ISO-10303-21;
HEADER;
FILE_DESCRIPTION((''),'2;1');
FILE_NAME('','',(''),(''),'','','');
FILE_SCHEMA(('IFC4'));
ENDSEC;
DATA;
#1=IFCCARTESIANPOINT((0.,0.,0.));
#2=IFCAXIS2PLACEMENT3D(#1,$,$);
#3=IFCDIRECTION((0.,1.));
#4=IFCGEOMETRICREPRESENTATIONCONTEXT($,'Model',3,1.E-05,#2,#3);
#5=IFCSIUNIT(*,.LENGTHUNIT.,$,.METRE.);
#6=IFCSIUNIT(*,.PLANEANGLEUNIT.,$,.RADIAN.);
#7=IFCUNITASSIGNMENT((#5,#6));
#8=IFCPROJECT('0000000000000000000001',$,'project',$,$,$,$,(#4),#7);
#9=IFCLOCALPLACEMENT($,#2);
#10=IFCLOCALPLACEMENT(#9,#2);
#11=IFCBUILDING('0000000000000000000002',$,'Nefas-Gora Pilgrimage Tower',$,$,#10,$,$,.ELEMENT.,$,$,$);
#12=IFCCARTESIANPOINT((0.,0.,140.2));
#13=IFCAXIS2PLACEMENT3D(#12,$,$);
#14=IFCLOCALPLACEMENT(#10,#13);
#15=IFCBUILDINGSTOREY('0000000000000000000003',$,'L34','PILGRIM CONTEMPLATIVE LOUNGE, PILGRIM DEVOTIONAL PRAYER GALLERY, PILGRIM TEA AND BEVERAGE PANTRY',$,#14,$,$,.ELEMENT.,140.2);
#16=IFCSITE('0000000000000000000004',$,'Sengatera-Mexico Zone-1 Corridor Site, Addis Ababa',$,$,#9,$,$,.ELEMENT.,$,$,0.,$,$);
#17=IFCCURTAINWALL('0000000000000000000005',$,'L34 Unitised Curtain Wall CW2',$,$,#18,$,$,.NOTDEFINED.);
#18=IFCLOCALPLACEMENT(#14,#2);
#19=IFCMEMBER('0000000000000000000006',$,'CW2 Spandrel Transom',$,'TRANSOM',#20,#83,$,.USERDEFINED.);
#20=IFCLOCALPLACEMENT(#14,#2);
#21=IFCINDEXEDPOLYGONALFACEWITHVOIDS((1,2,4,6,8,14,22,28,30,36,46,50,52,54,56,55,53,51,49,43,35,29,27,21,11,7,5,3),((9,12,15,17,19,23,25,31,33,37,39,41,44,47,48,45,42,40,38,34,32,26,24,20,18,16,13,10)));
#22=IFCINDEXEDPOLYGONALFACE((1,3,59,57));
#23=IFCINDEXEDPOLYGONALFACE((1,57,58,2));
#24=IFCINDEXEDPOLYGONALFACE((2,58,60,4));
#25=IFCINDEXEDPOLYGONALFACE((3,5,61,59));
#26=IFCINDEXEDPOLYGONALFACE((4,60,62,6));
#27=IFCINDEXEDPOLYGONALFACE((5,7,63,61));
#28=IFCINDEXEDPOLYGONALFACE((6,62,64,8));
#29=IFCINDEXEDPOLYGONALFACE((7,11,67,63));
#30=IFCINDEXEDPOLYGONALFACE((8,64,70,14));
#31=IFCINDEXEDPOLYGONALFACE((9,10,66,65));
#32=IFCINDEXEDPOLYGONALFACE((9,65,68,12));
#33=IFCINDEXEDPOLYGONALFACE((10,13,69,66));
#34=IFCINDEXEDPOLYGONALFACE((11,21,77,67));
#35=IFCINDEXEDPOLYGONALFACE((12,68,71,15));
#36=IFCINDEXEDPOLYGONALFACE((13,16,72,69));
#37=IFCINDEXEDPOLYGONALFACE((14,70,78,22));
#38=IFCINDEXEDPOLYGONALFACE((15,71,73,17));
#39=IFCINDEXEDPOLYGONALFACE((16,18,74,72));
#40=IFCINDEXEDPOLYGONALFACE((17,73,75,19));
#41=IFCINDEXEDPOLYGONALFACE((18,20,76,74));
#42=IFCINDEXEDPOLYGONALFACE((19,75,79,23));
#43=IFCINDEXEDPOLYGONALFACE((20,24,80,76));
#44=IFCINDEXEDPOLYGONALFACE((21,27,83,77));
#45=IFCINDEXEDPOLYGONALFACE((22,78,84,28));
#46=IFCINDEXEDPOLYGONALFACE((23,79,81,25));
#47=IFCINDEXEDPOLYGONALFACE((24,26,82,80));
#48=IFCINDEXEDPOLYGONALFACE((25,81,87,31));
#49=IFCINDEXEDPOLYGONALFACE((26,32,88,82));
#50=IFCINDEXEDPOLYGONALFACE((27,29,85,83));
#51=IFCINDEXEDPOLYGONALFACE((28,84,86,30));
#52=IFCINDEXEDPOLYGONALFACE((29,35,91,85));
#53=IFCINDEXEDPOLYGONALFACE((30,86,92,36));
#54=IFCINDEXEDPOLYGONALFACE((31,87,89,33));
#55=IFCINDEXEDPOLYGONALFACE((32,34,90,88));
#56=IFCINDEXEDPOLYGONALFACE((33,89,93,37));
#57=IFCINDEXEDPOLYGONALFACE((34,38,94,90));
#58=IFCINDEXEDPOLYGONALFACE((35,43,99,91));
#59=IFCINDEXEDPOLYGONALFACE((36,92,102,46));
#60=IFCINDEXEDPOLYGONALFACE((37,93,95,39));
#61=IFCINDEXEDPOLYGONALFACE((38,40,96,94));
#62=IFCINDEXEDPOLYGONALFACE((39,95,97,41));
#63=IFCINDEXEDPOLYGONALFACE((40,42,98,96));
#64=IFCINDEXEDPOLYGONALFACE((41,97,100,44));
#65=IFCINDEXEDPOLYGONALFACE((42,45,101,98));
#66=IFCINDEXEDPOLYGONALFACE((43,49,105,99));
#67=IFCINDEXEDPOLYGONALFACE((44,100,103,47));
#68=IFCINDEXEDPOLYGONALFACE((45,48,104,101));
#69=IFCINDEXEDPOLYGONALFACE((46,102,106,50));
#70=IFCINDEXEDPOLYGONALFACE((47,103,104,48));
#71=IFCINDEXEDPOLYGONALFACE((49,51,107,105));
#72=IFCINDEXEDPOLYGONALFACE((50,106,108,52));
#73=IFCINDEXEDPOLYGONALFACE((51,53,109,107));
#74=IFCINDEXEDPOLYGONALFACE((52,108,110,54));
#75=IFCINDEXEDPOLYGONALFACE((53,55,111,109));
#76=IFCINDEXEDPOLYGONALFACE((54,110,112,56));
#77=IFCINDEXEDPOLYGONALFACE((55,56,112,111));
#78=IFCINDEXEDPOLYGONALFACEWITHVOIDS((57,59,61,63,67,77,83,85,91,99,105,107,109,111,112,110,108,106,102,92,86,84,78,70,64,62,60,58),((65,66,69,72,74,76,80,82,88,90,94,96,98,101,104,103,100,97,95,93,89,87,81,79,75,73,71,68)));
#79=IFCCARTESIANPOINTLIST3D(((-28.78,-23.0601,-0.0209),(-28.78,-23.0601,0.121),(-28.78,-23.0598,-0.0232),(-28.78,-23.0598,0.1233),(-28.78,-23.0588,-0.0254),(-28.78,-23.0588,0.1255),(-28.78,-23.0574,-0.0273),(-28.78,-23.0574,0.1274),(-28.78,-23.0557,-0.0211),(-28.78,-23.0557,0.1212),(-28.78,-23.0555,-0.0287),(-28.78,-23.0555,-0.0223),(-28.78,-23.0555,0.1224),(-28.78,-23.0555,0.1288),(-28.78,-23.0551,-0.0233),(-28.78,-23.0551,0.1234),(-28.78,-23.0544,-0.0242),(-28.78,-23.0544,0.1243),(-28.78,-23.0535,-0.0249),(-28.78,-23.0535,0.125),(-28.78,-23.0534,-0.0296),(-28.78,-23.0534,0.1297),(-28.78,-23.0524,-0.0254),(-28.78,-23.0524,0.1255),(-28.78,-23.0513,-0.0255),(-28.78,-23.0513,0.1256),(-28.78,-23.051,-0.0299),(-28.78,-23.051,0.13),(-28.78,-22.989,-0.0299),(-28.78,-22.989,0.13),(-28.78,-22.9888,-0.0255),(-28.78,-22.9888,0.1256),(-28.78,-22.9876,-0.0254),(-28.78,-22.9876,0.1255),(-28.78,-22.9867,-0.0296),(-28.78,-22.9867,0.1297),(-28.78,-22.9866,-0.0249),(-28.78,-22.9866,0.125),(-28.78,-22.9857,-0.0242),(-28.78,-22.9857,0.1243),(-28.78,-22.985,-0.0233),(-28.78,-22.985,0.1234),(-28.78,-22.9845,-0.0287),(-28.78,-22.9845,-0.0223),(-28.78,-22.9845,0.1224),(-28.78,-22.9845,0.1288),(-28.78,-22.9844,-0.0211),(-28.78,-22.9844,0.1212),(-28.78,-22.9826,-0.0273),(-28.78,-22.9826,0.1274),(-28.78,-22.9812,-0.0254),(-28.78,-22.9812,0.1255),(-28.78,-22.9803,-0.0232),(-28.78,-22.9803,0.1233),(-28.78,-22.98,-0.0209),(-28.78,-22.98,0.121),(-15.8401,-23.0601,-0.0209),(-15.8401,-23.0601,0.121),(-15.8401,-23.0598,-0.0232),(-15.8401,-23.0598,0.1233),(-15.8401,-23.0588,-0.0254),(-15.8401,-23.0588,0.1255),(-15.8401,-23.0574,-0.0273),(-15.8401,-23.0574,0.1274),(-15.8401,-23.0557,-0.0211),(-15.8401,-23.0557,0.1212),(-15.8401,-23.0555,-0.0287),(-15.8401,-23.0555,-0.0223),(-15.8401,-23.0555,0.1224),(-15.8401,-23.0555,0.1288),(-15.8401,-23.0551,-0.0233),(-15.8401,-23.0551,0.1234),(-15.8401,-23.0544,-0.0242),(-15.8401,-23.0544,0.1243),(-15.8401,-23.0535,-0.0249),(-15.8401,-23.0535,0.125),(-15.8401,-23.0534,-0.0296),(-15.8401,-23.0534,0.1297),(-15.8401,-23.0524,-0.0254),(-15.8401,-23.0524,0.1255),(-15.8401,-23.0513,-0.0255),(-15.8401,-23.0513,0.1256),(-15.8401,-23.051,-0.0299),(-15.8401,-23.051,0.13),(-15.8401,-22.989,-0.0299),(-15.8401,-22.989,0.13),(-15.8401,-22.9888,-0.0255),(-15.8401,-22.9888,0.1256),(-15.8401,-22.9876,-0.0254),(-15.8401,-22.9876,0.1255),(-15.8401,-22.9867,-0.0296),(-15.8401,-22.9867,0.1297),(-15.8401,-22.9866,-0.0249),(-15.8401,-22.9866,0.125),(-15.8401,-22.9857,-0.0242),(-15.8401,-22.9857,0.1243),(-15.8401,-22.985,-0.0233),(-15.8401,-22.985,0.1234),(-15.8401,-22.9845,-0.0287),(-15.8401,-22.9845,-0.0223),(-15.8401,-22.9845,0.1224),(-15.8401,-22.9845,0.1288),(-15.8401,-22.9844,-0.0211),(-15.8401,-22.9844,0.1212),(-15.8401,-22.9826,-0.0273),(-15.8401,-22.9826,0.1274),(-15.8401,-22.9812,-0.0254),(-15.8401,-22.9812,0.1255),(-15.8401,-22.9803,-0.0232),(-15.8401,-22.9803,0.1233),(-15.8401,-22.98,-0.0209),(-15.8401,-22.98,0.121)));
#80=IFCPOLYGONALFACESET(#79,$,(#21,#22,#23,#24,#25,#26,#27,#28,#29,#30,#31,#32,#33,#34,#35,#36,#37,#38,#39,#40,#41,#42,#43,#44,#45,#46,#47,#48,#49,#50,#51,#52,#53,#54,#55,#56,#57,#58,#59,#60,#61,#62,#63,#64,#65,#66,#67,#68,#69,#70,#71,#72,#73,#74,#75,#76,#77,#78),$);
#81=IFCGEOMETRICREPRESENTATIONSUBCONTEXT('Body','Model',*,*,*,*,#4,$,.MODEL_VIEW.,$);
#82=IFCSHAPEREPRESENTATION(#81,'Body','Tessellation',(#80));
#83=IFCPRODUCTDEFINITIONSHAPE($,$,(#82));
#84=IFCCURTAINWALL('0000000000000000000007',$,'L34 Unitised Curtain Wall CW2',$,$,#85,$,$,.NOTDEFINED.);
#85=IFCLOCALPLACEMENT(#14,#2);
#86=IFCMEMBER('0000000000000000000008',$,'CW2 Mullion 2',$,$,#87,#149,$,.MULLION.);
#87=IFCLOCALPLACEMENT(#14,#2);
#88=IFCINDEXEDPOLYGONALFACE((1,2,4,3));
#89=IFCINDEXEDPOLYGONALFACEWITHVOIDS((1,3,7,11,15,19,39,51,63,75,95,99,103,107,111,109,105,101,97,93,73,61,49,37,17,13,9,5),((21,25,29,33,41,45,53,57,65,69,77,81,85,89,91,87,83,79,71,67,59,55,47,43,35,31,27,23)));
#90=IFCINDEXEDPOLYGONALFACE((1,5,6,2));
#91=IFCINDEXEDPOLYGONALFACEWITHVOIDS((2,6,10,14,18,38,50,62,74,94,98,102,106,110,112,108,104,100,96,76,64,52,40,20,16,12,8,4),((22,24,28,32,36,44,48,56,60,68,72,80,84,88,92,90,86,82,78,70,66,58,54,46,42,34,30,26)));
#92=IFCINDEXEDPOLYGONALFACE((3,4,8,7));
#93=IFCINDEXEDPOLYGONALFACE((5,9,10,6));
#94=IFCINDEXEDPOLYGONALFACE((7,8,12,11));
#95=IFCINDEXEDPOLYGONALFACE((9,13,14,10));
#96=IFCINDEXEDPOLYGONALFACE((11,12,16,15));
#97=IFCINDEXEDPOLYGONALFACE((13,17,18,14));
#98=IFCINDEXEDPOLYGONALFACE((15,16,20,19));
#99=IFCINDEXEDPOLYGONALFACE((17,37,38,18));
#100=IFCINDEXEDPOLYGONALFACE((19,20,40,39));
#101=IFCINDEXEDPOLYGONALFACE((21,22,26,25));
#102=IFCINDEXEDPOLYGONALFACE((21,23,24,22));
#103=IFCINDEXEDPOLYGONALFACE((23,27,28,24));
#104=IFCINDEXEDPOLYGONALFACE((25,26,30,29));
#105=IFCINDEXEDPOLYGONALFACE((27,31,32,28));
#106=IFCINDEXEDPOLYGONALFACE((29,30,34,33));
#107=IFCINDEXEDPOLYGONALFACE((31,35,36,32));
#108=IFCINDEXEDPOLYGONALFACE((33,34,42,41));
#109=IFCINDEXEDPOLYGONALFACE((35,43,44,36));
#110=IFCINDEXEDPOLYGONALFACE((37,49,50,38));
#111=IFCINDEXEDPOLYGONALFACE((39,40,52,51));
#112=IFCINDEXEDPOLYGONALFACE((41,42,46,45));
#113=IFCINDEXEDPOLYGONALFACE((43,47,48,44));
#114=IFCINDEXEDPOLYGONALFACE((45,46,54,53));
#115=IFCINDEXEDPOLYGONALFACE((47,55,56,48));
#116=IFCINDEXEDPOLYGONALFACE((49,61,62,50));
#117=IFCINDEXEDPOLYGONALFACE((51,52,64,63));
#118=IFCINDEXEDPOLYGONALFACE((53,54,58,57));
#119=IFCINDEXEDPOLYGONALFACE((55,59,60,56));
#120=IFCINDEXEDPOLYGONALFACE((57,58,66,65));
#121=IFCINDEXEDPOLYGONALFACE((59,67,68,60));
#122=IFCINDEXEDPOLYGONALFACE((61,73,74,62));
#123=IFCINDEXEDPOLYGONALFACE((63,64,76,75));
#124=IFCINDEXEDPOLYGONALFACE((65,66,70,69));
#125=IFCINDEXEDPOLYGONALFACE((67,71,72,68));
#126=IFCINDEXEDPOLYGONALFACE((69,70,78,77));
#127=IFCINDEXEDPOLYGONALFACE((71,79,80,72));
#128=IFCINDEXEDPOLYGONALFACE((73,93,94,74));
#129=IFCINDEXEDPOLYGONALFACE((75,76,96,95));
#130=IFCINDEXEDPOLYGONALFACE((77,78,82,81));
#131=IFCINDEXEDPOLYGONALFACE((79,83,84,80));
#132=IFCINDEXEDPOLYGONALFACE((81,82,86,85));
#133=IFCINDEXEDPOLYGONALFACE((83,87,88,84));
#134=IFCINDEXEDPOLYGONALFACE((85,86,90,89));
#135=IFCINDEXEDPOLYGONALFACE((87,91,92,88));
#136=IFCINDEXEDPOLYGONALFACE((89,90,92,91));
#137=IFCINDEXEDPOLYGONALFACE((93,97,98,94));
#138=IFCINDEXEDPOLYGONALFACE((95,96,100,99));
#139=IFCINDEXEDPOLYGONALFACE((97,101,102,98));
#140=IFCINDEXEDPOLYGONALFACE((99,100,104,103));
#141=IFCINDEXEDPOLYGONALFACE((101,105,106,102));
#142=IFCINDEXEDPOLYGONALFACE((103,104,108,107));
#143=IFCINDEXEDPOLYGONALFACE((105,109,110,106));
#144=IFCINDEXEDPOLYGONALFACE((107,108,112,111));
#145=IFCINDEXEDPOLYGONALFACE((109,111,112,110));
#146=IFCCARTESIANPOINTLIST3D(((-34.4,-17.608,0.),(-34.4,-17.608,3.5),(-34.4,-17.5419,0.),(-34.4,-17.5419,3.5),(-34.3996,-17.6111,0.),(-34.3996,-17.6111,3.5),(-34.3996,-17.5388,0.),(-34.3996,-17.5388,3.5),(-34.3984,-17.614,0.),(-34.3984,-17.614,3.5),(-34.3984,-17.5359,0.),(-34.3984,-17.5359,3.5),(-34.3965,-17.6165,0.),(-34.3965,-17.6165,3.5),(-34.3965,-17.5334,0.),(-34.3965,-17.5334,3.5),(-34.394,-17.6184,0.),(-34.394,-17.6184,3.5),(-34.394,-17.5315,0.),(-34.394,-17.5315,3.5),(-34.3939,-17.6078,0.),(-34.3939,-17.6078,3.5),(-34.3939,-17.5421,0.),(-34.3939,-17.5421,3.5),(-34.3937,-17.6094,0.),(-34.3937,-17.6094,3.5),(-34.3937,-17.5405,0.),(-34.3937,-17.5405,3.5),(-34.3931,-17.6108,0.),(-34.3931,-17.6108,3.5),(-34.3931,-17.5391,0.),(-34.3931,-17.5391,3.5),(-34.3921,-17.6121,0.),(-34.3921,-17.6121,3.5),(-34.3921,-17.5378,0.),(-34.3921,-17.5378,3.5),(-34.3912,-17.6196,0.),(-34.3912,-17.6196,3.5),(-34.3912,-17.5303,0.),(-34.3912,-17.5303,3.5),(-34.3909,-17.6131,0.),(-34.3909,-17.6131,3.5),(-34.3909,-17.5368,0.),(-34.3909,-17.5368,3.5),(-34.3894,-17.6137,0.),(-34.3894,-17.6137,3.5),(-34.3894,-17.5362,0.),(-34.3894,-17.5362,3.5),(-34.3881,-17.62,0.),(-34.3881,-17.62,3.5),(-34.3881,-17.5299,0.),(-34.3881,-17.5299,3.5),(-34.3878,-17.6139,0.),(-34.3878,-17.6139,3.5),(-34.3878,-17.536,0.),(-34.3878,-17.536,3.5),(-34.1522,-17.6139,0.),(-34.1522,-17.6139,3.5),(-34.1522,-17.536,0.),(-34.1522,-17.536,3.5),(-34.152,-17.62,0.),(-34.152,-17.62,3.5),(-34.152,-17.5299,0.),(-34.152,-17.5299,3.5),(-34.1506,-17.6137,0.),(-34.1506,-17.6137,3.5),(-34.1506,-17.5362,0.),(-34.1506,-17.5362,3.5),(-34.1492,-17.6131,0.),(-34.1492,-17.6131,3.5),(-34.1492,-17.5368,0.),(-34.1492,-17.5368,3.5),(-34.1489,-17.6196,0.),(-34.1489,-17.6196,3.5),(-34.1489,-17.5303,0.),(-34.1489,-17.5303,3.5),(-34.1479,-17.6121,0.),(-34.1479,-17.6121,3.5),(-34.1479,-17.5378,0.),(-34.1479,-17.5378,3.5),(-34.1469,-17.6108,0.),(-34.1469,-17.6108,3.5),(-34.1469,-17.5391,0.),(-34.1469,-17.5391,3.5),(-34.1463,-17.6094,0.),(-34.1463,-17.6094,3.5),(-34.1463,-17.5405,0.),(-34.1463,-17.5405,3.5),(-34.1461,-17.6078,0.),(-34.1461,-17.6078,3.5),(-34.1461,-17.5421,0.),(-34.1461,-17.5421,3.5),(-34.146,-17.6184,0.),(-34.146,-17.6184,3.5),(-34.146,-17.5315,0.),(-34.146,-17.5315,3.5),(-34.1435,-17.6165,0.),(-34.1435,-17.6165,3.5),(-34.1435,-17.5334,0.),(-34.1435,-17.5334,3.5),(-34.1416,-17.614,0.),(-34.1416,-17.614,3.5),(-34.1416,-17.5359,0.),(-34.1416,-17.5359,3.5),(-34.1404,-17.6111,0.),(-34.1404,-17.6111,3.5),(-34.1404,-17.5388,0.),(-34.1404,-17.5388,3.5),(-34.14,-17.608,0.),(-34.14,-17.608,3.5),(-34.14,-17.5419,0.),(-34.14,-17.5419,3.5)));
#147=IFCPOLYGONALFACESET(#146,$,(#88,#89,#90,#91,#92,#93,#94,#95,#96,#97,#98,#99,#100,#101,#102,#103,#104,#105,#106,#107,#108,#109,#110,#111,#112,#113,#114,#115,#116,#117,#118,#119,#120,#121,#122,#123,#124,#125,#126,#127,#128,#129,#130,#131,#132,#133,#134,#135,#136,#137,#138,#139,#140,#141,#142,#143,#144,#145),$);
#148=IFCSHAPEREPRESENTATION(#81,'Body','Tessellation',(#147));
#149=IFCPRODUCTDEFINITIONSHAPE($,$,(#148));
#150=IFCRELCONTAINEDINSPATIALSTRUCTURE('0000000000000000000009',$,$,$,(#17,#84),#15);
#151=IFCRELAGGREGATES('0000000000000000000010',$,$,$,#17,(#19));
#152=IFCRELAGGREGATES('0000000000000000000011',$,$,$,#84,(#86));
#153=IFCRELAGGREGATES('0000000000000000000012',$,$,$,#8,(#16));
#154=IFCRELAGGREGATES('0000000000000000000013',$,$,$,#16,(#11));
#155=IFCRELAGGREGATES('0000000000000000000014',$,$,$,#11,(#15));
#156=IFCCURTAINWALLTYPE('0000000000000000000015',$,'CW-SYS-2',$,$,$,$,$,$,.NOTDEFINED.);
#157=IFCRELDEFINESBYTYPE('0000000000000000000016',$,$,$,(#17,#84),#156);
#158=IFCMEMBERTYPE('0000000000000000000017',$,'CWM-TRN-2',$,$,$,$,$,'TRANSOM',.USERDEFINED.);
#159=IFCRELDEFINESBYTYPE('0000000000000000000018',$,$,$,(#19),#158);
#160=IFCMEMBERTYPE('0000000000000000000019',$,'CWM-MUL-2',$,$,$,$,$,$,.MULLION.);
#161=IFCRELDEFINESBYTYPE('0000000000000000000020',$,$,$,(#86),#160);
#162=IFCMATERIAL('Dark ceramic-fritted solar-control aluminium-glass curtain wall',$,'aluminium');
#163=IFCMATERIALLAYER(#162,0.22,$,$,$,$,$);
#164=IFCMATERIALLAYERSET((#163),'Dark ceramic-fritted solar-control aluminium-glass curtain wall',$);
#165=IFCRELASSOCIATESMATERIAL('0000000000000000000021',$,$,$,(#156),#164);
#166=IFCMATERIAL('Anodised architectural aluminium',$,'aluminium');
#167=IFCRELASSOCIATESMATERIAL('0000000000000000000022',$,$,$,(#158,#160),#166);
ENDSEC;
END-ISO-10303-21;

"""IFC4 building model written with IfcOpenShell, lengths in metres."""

from ifc_helpers import new_model, si_unit, direction, frame, origin, origin_2d, place, context, subcontext, project, spatial, hollow_rectangle, extrude, source, transform, mapped, material, layer, layer_set, material_profile, profile_set, type_object, element, aggregate, save


model = new_model("IFC4")

# Units and contexts
model_context = context("Model", 3, precision=1e-05, world=origin(), true_north=direction((0.0, 1.0)))
body_context = subcontext(model_context, "Body", "Model", "MODEL_VIEW")
ifc_project = project(units=[si_unit("LENGTHUNIT", "METRE"), si_unit("PLANEANGLEUNIT", "RADIAN")], contexts=[model_context])

# Site, building, storey
site_placement = place(None, origin())
site = spatial("IfcSite", under=ifc_project, at=site_placement, Name="Sengatera-Mexico Zone-1 Corridor Site, Addis Ababa", CompositionType="ELEMENT", RefElevation=0.0)
building_placement = place(site_placement, origin())
building = spatial("IfcBuilding", under=site, at=building_placement, Name="Nefas-Gora Pilgrimage Tower", CompositionType="ELEMENT")
storey_placement = place(building_placement, frame((0.0, 0.0, 140.2)))
storey = spatial("IfcBuildingStorey", under=building, at=storey_placement, Name="L34", Description="PILGRIM CONTEMPLATIVE LOUNGE, PILGRIM DEVOTIONAL PRAYER GALLERY, PILGRIM TEA AND BEVERAGE PANTRY", CompositionType="ELEMENT", Elevation=140.2)

# Curtain walls, members
ifc_material_1 = material(Name="Dark ceramic-fritted solar-control aluminium-glass curtain wall", Category="aluminium")
ifc_layer_1 = layer(ifc_material_1, 0.22)
ifc_layer_set_1 = layer_set([ifc_layer_1], Name="Dark ceramic-fritted solar-control aluminium-glass curtain wall")
curtain_wall_type = type_object("IfcCurtainWallType", Name="CW-SYS-2", PredefinedType="NOTDEFINED", material=ifc_layer_set_1)
curtain_wall_1_placement = place(storey_placement, origin())
curtain_wall_1 = element("IfcCurtainWall", 1, at=curtain_wall_1_placement, inside=storey, type_object=curtain_wall_type, Name="L34 Unitised Curtain Wall CW2", PredefinedType="NOTDEFINED")
ifc_material_2 = material(Name="Anodised architectural aluminium", Category="aluminium")
ifc_material_profile_1 = material_profile(ifc_material_2, hollow_rectangle(XDim=0.0801, YDim=0.1599, WallThickness=0.0044, InnerFilletRadius=0.0044, OuterFilletRadius=0.009, at=origin_2d()), Name="ALU TRANSOM 80x160")
ifc_profile_set_1 = profile_set([ifc_material_profile_1], Name="Anodised architectural aluminium")
member_type_1 = type_object("IfcMemberType", Name="CWM-TRN-2", ElementType="TRANSOM", PredefinedType="USERDEFINED", material=ifc_profile_set_1)
shared_shape_1 = source(origin(), body_context, "Body", "SweptSolid", [
    extrude(hollow_rectangle(XDim=0.0801, YDim=0.1599, WallThickness=0.0044, InnerFilletRadius=0.0044, OuterFilletRadius=0.009, at=origin_2d()), origin(), (0.0, 0.0, 1.0), 12.9399),
])
member_1_placement = place(storey_placement, frame((-28.78, -23.02, 0.05), z_axis=(1.0, 0.0, 0.0), x_axis=(0.0, 1.0, 0.0)))
member_1 = element("IfcMember", 2, at=member_1_placement, type_object=member_type_1, Name="CW2 Spandrel Transom", ObjectType="TRANSOM", PredefinedType="USERDEFINED", context=body_context, shape_type="MappedRepresentation", body=[
    mapped(shared_shape_1, transform((0.0, 0.0, 0.0), x_axis=(1.0, 0.0, 0.0), y_axis=(0.0, 1.0, 0.0), z_axis=(0.0, 0.0, 1.0), scale=1.0)),
])
curtain_wall_2_placement = place(storey_placement, origin())
curtain_wall_2 = element("IfcCurtainWall", 3, at=curtain_wall_2_placement, inside=storey, type_object=curtain_wall_type, Name="L34 Unitised Curtain Wall CW2", PredefinedType="NOTDEFINED")
ifc_material_profile_2 = material_profile(ifc_material_2, hollow_rectangle(XDim=0.0901, YDim=0.26, WallThickness=0.0061, InnerFilletRadius=0.0061, OuterFilletRadius=0.012, at=origin_2d()), Name="ALU MULLION 90x260")
ifc_profile_set_2 = profile_set([ifc_material_profile_2], Name="Anodised architectural aluminium")
member_type_2 = type_object("IfcMemberType", Name="CWM-MUL-2", PredefinedType="MULLION", material=ifc_profile_set_2)
shared_shape_2 = source(origin(), body_context, "Body", "SweptSolid", [
    extrude(hollow_rectangle(XDim=0.0901, YDim=0.26, WallThickness=0.0061, InnerFilletRadius=0.0061, OuterFilletRadius=0.012, at=origin_2d()), origin(), (0.0, 0.0, 1.0), 3.5),
])
member_2_placement = place(storey_placement, frame((-34.27, -17.575, 0.0), z_axis=(0.0, 0.0, 1.0), x_axis=(0.0, -1.0, 0.0)))
member_2 = element("IfcMember", 4, at=member_2_placement, type_object=member_type_2, Name="CW2 Mullion 2", PredefinedType="MULLION", context=body_context, shape_type="MappedRepresentation", body=[
    mapped(shared_shape_2, transform((0.0, 0.0, 0.0), x_axis=(1.0, 0.0, 0.0), y_axis=(0.0, 1.0, 0.0), z_axis=(0.0, 0.0, 1.0), scale=1.0)),
])

aggregate(curtain_wall_1, [member_1])

aggregate(curtain_wall_2, [member_2])

save(model, "model.ifc")
